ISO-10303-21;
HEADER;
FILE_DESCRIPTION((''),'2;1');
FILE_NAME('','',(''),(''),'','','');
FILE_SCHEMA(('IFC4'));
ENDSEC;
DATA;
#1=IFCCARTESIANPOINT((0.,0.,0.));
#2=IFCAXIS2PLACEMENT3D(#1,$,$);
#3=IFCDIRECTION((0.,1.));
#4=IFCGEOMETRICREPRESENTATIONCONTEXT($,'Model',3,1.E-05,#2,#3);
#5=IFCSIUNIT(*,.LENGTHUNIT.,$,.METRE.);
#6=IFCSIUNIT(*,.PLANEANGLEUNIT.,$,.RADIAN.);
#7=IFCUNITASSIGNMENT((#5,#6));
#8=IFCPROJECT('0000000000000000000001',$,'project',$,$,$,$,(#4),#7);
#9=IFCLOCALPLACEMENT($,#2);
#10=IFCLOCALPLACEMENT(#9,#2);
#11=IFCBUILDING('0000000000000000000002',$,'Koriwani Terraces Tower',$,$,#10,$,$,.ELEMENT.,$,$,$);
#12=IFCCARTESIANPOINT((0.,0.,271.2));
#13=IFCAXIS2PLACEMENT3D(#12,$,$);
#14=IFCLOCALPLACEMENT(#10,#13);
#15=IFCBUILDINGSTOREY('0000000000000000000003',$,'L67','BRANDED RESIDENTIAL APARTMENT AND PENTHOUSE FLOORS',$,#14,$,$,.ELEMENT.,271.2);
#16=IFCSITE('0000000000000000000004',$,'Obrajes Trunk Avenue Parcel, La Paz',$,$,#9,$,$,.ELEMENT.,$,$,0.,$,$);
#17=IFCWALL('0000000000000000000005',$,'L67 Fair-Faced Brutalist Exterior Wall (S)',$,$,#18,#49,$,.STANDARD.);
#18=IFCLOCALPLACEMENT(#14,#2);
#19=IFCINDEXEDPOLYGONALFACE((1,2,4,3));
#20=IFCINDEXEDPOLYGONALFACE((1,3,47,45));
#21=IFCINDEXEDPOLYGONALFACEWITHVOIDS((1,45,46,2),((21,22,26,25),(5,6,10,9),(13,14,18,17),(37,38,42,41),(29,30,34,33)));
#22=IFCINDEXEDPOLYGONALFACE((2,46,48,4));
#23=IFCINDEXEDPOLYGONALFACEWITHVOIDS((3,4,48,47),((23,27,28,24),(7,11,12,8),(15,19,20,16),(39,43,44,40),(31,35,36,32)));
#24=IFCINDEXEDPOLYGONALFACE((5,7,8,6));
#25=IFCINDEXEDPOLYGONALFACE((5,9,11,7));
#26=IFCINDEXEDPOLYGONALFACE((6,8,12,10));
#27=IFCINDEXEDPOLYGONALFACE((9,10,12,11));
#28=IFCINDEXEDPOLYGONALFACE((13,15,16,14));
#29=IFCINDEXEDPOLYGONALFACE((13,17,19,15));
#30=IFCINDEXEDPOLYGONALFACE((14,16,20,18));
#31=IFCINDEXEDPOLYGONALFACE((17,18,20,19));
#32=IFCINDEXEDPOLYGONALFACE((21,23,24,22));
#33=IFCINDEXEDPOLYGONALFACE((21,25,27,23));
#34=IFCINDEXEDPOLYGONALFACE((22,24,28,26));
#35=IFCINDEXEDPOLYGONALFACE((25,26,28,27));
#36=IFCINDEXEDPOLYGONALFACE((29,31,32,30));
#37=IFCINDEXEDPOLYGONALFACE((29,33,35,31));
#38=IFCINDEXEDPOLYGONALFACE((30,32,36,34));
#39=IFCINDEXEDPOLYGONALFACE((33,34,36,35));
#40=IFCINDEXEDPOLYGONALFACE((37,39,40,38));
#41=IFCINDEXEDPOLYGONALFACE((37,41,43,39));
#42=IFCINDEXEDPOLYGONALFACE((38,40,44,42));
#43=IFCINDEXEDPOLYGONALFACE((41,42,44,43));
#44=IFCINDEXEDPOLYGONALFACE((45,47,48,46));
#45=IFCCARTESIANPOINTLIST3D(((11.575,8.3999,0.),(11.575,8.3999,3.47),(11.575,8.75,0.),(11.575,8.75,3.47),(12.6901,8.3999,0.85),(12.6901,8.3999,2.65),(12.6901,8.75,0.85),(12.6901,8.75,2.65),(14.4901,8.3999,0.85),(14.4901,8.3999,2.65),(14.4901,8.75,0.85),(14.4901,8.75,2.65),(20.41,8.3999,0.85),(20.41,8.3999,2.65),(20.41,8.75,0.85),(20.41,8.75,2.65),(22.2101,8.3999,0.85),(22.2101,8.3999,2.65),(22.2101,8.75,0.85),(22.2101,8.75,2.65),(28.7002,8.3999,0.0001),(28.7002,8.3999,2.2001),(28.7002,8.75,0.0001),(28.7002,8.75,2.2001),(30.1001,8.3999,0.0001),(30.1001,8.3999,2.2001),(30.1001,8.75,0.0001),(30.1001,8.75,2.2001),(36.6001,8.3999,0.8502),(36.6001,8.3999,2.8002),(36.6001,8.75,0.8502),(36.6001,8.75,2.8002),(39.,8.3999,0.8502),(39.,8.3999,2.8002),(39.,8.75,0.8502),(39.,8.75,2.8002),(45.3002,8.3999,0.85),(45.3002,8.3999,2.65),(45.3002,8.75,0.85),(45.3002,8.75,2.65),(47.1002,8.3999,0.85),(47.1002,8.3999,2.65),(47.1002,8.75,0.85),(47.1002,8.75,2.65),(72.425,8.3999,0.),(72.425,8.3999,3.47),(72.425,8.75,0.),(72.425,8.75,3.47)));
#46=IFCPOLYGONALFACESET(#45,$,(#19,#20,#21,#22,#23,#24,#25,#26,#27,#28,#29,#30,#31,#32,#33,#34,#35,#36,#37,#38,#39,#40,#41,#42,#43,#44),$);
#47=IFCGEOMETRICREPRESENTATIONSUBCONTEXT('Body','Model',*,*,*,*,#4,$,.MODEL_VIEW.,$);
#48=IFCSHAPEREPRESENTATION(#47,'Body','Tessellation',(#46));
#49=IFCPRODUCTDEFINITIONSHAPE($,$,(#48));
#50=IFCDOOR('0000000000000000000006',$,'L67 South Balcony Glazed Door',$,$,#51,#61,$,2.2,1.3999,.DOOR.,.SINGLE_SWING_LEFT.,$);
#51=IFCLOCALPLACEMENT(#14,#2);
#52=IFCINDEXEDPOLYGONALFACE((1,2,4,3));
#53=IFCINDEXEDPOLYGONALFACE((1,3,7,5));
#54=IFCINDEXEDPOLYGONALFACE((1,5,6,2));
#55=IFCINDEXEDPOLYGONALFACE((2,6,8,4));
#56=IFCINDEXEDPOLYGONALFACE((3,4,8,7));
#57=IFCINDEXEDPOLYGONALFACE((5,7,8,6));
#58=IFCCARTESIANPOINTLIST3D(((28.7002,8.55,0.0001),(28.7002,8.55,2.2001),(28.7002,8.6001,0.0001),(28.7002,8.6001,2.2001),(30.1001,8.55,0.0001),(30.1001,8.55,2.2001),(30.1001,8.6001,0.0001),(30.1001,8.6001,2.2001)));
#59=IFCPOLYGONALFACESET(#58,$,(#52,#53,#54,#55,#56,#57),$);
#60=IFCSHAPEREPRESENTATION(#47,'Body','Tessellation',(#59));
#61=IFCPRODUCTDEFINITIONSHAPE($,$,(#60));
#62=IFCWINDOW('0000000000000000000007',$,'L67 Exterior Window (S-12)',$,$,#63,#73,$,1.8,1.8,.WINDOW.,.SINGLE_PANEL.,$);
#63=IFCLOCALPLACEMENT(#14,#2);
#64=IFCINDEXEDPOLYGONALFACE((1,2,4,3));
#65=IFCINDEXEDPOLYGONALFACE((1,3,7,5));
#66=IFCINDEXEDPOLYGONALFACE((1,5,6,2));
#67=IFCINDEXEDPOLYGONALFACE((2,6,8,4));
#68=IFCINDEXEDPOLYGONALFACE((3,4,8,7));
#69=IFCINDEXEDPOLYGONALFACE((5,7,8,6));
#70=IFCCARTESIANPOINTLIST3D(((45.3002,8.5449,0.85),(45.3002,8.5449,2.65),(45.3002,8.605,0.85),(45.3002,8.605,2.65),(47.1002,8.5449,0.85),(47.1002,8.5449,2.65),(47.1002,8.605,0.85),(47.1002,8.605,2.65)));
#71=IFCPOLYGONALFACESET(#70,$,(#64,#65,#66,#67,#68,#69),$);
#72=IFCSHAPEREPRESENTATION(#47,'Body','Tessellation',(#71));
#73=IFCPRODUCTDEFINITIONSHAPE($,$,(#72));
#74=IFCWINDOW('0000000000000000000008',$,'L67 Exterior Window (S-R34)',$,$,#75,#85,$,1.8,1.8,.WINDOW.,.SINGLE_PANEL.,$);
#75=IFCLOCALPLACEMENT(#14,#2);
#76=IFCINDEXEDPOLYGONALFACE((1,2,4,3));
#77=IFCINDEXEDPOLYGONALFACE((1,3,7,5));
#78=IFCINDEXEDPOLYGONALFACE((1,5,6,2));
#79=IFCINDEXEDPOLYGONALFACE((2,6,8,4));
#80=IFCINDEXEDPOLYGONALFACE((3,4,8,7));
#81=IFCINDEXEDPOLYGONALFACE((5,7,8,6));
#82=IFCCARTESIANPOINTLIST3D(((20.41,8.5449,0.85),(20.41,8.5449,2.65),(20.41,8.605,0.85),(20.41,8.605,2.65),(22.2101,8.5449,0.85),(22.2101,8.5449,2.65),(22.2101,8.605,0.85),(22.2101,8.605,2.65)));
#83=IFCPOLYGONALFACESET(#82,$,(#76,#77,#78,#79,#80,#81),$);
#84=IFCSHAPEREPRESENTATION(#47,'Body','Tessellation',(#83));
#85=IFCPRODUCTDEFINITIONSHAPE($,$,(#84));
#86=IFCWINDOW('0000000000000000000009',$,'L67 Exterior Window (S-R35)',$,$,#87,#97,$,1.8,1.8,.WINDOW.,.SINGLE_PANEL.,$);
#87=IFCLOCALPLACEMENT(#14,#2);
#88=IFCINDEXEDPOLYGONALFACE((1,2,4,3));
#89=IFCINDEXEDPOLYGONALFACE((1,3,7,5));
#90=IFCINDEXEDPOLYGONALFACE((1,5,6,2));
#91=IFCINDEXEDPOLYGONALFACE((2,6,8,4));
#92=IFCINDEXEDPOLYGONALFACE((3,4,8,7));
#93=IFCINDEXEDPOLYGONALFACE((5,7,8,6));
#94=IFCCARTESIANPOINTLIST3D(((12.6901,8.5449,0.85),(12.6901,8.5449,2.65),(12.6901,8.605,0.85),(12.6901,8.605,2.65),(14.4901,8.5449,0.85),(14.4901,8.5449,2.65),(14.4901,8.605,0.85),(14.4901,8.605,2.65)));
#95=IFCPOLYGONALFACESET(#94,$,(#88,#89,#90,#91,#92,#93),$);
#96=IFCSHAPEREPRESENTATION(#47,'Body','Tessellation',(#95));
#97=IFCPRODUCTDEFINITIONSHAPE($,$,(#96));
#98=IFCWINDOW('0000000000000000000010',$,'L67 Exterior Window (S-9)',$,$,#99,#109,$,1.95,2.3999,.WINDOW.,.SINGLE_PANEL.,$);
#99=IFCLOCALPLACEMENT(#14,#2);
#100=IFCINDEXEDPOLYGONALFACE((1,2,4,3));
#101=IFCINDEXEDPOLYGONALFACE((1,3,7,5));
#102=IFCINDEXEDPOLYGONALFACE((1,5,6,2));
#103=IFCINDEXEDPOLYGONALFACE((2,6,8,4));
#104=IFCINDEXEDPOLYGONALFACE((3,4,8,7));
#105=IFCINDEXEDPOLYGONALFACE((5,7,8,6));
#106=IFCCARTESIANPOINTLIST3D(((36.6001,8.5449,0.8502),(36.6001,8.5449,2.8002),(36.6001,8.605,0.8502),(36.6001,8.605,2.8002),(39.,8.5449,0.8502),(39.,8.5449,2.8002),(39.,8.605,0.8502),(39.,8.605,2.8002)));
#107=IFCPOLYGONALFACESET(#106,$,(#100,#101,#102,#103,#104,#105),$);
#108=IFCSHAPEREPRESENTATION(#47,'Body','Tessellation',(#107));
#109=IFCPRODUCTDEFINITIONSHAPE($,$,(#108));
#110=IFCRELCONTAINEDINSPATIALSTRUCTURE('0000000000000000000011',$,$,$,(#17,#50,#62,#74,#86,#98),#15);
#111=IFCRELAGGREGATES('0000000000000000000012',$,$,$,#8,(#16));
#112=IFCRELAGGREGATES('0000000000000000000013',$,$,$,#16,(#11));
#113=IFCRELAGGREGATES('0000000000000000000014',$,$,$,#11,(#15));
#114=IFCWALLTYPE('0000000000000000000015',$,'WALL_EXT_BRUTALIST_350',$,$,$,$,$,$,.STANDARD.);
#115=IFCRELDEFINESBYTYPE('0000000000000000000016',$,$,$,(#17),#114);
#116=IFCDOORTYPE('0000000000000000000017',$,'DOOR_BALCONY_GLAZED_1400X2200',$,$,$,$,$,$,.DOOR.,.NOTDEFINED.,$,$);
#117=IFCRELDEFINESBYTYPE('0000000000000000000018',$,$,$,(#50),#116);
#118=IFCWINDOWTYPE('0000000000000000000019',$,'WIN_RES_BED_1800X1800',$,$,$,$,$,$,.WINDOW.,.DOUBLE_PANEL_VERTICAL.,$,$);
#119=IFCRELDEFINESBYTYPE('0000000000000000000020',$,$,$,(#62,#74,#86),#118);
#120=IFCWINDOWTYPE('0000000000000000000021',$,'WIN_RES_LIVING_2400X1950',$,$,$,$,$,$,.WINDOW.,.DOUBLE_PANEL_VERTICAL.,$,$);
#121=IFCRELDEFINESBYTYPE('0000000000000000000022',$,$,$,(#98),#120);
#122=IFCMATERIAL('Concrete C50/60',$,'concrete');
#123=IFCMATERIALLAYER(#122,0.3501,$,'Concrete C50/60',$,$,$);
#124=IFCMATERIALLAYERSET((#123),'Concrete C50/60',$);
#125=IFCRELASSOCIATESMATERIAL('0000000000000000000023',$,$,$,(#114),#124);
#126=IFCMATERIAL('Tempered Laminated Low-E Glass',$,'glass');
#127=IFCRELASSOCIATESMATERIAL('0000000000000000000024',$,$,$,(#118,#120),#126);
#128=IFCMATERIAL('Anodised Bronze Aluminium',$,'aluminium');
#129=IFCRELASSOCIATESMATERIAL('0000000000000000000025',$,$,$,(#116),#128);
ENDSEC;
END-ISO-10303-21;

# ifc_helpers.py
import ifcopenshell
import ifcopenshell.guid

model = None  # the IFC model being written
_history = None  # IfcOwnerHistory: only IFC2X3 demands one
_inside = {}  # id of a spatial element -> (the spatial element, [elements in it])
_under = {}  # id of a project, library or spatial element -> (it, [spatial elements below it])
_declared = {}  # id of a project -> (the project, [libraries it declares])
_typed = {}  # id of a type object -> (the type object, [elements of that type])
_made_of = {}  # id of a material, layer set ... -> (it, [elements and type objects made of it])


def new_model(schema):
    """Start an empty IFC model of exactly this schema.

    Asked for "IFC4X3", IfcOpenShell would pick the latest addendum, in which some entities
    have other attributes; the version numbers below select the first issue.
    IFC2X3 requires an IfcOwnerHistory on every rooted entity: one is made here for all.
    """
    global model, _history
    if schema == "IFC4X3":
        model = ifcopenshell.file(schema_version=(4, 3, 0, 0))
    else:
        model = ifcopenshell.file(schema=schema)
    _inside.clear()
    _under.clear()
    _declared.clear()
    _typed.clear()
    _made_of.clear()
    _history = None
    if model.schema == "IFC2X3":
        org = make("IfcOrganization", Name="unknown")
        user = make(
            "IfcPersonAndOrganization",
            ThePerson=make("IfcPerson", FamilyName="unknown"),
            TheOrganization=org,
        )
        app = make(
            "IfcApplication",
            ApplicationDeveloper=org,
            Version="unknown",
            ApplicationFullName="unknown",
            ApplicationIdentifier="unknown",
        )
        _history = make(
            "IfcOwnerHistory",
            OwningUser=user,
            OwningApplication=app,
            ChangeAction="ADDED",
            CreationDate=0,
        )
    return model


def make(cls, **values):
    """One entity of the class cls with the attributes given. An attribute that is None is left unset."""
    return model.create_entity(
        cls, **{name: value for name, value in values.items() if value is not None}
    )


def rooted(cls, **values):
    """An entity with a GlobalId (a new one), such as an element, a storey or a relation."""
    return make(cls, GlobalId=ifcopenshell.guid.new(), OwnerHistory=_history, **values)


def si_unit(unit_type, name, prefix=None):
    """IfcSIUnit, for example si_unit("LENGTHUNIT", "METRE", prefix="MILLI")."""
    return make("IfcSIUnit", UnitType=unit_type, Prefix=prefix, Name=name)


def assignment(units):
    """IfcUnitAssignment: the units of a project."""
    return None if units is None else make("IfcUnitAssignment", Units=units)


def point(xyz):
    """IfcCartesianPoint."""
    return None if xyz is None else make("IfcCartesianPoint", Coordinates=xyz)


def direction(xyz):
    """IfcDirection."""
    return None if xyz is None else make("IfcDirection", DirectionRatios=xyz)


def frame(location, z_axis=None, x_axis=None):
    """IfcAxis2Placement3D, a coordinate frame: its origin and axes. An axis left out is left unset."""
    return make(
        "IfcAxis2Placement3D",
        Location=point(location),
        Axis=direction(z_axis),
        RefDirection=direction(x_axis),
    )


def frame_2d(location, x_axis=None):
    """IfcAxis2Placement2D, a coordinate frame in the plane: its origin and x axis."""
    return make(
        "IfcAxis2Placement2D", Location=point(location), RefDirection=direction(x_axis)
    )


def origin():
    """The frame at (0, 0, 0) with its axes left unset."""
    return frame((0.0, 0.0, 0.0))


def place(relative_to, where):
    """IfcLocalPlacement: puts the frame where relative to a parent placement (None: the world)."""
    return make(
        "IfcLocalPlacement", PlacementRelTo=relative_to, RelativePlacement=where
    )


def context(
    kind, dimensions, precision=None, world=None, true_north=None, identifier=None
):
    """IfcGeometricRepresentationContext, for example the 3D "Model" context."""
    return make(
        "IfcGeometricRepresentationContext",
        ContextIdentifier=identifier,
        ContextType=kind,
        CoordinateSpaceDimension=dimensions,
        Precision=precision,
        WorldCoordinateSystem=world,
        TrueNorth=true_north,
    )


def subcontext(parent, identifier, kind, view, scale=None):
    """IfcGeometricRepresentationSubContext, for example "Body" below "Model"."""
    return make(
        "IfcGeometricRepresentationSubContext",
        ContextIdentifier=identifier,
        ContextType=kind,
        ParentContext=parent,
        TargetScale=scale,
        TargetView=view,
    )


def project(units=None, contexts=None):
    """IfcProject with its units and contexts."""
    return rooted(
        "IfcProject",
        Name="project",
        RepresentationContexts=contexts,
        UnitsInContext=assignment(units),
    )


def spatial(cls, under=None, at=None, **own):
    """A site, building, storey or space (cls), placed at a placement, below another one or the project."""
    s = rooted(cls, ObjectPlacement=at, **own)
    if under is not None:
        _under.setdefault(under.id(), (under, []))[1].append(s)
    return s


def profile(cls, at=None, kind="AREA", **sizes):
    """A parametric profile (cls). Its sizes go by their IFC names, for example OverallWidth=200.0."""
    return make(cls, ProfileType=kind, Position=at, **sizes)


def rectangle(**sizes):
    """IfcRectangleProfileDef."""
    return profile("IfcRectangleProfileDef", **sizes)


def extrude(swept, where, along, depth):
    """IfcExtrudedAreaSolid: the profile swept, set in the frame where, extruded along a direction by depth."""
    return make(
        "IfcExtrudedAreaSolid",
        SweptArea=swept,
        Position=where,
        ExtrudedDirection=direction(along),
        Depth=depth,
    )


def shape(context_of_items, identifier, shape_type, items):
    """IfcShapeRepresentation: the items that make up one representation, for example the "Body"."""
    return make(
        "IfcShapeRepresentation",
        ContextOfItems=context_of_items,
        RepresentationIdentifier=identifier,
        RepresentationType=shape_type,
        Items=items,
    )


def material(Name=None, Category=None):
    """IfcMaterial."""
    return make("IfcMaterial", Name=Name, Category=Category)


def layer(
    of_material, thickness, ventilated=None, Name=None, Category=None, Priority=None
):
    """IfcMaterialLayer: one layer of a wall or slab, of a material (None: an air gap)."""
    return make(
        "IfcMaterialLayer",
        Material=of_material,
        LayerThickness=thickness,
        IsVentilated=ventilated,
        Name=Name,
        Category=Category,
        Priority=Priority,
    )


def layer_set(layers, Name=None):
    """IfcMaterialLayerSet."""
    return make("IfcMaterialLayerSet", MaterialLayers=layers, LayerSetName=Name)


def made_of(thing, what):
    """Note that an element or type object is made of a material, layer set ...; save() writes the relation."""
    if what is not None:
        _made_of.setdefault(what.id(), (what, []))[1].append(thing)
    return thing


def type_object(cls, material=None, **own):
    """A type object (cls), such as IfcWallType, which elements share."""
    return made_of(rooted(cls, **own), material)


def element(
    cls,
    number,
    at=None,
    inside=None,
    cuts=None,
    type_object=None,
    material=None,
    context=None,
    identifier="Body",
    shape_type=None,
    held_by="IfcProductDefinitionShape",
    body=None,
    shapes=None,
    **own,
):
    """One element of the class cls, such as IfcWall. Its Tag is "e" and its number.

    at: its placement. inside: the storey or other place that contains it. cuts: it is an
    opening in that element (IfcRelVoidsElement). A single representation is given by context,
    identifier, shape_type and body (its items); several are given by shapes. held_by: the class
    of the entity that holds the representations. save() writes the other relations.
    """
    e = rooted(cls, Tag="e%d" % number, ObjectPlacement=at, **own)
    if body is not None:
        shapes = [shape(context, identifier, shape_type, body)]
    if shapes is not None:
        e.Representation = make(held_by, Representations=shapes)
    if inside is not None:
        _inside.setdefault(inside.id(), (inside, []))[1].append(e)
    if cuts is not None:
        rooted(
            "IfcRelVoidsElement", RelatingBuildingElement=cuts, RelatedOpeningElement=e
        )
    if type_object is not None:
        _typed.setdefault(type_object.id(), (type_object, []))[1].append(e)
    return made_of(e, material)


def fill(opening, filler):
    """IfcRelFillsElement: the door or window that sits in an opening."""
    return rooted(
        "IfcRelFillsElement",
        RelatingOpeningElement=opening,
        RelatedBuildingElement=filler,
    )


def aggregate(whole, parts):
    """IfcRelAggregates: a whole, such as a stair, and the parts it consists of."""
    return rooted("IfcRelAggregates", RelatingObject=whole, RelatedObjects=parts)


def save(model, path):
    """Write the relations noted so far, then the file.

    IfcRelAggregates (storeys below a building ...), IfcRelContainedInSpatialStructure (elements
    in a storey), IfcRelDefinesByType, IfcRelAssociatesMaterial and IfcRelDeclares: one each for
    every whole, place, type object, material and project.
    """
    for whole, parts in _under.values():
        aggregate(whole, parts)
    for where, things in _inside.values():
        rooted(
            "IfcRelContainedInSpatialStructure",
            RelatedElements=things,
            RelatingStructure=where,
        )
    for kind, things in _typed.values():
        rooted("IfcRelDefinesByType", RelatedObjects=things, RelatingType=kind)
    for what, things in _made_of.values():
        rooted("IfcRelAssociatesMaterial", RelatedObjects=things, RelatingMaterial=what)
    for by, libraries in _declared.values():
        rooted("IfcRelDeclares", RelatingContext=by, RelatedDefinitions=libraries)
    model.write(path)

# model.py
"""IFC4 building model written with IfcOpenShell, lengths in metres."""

from ifc_helpers import new_model, si_unit, direction, frame, frame_2d, origin, place, context, subcontext, project, spatial, rectangle, extrude, material, layer, layer_set, type_object, element, fill, save


model = new_model("IFC4")

# Units and contexts
model_context = context("Model", 3, precision=1e-05, world=origin(), true_north=direction((0.0, 1.0)))
body_context = subcontext(model_context, "Body", "Model", "MODEL_VIEW")
ifc_project = project(units=[si_unit("LENGTHUNIT", "METRE"), si_unit("PLANEANGLEUNIT", "RADIAN")], contexts=[model_context])

# Site, building, storey
site_placement = place(None, origin())
site = spatial("IfcSite", under=ifc_project, at=site_placement, Name="Obrajes Trunk Avenue Parcel, La Paz", CompositionType="ELEMENT", RefElevation=0.0)
building_placement = place(site_placement, origin())
building = spatial("IfcBuilding", under=site, at=building_placement, Name="Koriwani Terraces Tower", CompositionType="ELEMENT")
storey_placement = place(building_placement, frame((0.0, 0.0, 271.2)))
storey = spatial("IfcBuildingStorey", under=building, at=storey_placement, Name="L67", Description="BRANDED RESIDENTIAL APARTMENT AND PENTHOUSE FLOORS", CompositionType="ELEMENT", Elevation=271.2)

# Shared definitions
ifc_material_1 = material(Name="Concrete C50/60", Category="concrete")

# Shared definitions
ifc_layer = layer(ifc_material_1, 0.3501, Name="Concrete C50/60")
ifc_layer_set = layer_set([ifc_layer], Name="Concrete C50/60")
wall_type = type_object("IfcWallType", Name="WALL_EXT_BRUTALIST_350", PredefinedType="STANDARD", material=ifc_layer_set)
ifc_material_2 = material(Name="Tempered Laminated Low-E Glass", Category="glass")
window_type_1 = type_object("IfcWindowType", Name="WIN_RES_BED_1800X1800", PartitioningType="DOUBLE_PANEL_VERTICAL", PredefinedType="WINDOW", material=ifc_material_2)

# Wall, openings, door, windows
wall_1_placement = place(storey_placement, frame((72.425, 8.575, 0.0), z_axis=(0.0, 0.0, 1.0), x_axis=(-1.0, 0.0, 0.0)))
wall_1 = element("IfcWall", 1, at=wall_1_placement, inside=storey, type_object=wall_type, Name="L67 Fair-Faced Brutalist Exterior Wall (S)", PredefinedType="STANDARD", context=body_context, shape_type="SweptSolid", body=[
    extrude(rectangle(XDim=60.8501, YDim=0.3501, at=frame_2d((30.425, 0.0))), origin(), (0.0, 0.0, 1.0), 3.47),
])
opening_1_placement = place(wall_1_placement, frame((42.325, 0.0, 0.0)))
opening_1 = element("IfcOpeningElement", 2, at=opening_1_placement, cuts=wall_1, PredefinedType="OPENING", context=body_context, shape_type="SweptSolid", body=[
    extrude(rectangle(XDim=1.3999, YDim=2.2, at=frame_2d((0.7, 1.1001))), frame((0.0, 0.1851, 0.0), z_axis=(0.0, -1.0, 0.0), x_axis=(1.0, 0.0, 0.0)), (0.0, 0.0, 1.0), 0.3701),
])
opening_2_placement = place(wall_1_placement, frame((33.425, 0.0, 0.8501)))
opening_2 = element("IfcOpeningElement", 3, at=opening_2_placement, cuts=wall_1, PredefinedType="OPENING", context=body_context, shape_type="SweptSolid", body=[
    extrude(rectangle(XDim=2.3999, YDim=1.95, at=frame_2d((1.2, 0.9751))), frame((0.0, 0.1851, 0.0), z_axis=(0.0, -1.0, 0.0), x_axis=(1.0, 0.0, 0.0)), (0.0, 0.0, 1.0), 0.3701),
])
opening_3_placement = place(wall_1_placement, frame((25.325, 0.0, 0.8501)))
opening_3 = element("IfcOpeningElement", 4, at=opening_3_placement, cuts=wall_1, PredefinedType="OPENING", context=body_context, shape_type="SweptSolid", body=[
    extrude(rectangle(XDim=1.8, YDim=1.8, at=frame_2d((0.8999, 0.8999))), frame((0.0, 0.1851, 0.0), z_axis=(0.0, -1.0, 0.0), x_axis=(1.0, 0.0, 0.0)), (0.0, 0.0, 1.0), 0.3701),
])
opening_4_placement = place(wall_1_placement, frame((50.2151, 0.0, 0.8501)))
opening_4 = element("IfcOpeningElement", 5, at=opening_4_placement, cuts=wall_1, PredefinedType="OPENING", context=body_context, shape_type="SweptSolid", body=[
    extrude(rectangle(XDim=1.8, YDim=1.8, at=frame_2d((0.8999, 0.8999))), frame((0.0, 0.1851, 0.0), z_axis=(0.0, -1.0, 0.0), x_axis=(1.0, 0.0, 0.0)), (0.0, 0.0, 1.0), 0.3701),
])
opening_5_placement = place(wall_1_placement, frame((57.9351, 0.0, 0.8501)))
opening_5 = element("IfcOpeningElement", 6, at=opening_5_placement, cuts=wall_1, PredefinedType="OPENING", context=body_context, shape_type="SweptSolid", body=[
    extrude(rectangle(XDim=1.8, YDim=1.8, at=frame_2d((0.8999, 0.8999))), frame((0.0, 0.1851, 0.0), z_axis=(0.0, -1.0, 0.0), x_axis=(1.0, 0.0, 0.0)), (0.0, 0.0, 1.0), 0.3701),
])
ifc_material_3 = material(Name="Anodised Bronze Aluminium", Category="aluminium")
door_type = type_object("IfcDoorType", Name="DOOR_BALCONY_GLAZED_1400X2200", OperationType="NOTDEFINED", PredefinedType="DOOR", material=ifc_material_3)
door_placement = place(opening_1_placement, origin())
door = element("IfcDoor", 7, at=door_placement, inside=storey, type_object=door_type, Name="L67 South Balcony Glazed Door", OperationType="SINGLE_SWING_LEFT", OverallHeight=2.2, OverallWidth=1.3999, PredefinedType="DOOR", context=body_context, shape_type="SweptSolid", body=[
    extrude(rectangle(XDim=1.3999, YDim=2.2, at=frame_2d((0.7, 1.1001))), frame((0.0, 0.0249, 0.0), z_axis=(0.0, -1.0, 0.0), x_axis=(1.0, 0.0, 0.0)), (0.0, 0.0, 1.0), 0.05),
])
fill(opening_1, door)
window_1_placement = place(opening_3_placement, origin())
window_1 = element("IfcWindow", 8, at=window_1_placement, inside=storey, type_object=window_type_1, Name="L67 Exterior Window (S-12)", OverallHeight=1.8, OverallWidth=1.8, PartitioningType="SINGLE_PANEL", PredefinedType="WINDOW", context=body_context, shape_type="SweptSolid", body=[
    extrude(rectangle(XDim=1.8, YDim=1.8, at=frame_2d((0.8999, 0.8999))), frame((0.0, 0.03, 0.0), z_axis=(0.0, -1.0, 0.0), x_axis=(1.0, 0.0, 0.0)), (0.0, 0.0, 1.0), 0.0601),
])
fill(opening_3, window_1)
window_2_placement = place(opening_4_placement, origin())
window_2 = element("IfcWindow", 9, at=window_2_placement, inside=storey, type_object=window_type_1, Name="L67 Exterior Window (S-R34)", OverallHeight=1.8, OverallWidth=1.8, PartitioningType="SINGLE_PANEL", PredefinedType="WINDOW", context=body_context, shape_type="SweptSolid", body=[
    extrude(rectangle(XDim=1.8, YDim=1.8, at=frame_2d((0.8999, 0.8999))), frame((0.0, 0.03, 0.0), z_axis=(0.0, -1.0, 0.0), x_axis=(1.0, 0.0, 0.0)), (0.0, 0.0, 1.0), 0.0601),
])
fill(opening_4, window_2)
window_3_placement = place(opening_5_placement, origin())
window_3 = element("IfcWindow", 10, at=window_3_placement, inside=storey, type_object=window_type_1, Name="L67 Exterior Window (S-R35)", OverallHeight=1.8, OverallWidth=1.8, PartitioningType="SINGLE_PANEL", PredefinedType="WINDOW", context=body_context, shape_type="SweptSolid", body=[
    extrude(rectangle(XDim=1.8, YDim=1.8, at=frame_2d((0.8999, 0.8999))), frame((0.0, 0.03, 0.0), z_axis=(0.0, -1.0, 0.0), x_axis=(1.0, 0.0, 0.0)), (0.0, 0.0, 1.0), 0.0601),
])
fill(opening_5, window_3)
window_type_2 = type_object("IfcWindowType", Name="WIN_RES_LIVING_2400X1950", PartitioningType="DOUBLE_PANEL_VERTICAL", PredefinedType="WINDOW", material=ifc_material_2)
window_4_placement = place(opening_2_placement, origin())
window_4 = element("IfcWindow", 11, at=window_4_placement, inside=storey, type_object=window_type_2, Name="L67 Exterior Window (S-9)", OverallHeight=1.95, OverallWidth=2.3999, PartitioningType="SINGLE_PANEL", PredefinedType="WINDOW", context=body_context, shape_type="SweptSolid", body=[
    extrude(rectangle(XDim=2.3999, YDim=1.95, at=frame_2d((1.2, 0.9751))), frame((0.0, 0.03, 0.0), z_axis=(0.0, -1.0, 0.0), x_axis=(1.0, 0.0, 0.0)), (0.0, 0.0, 1.0), 0.0601),
])
fill(opening_2, window_4)

save(model, "model.ifc")
